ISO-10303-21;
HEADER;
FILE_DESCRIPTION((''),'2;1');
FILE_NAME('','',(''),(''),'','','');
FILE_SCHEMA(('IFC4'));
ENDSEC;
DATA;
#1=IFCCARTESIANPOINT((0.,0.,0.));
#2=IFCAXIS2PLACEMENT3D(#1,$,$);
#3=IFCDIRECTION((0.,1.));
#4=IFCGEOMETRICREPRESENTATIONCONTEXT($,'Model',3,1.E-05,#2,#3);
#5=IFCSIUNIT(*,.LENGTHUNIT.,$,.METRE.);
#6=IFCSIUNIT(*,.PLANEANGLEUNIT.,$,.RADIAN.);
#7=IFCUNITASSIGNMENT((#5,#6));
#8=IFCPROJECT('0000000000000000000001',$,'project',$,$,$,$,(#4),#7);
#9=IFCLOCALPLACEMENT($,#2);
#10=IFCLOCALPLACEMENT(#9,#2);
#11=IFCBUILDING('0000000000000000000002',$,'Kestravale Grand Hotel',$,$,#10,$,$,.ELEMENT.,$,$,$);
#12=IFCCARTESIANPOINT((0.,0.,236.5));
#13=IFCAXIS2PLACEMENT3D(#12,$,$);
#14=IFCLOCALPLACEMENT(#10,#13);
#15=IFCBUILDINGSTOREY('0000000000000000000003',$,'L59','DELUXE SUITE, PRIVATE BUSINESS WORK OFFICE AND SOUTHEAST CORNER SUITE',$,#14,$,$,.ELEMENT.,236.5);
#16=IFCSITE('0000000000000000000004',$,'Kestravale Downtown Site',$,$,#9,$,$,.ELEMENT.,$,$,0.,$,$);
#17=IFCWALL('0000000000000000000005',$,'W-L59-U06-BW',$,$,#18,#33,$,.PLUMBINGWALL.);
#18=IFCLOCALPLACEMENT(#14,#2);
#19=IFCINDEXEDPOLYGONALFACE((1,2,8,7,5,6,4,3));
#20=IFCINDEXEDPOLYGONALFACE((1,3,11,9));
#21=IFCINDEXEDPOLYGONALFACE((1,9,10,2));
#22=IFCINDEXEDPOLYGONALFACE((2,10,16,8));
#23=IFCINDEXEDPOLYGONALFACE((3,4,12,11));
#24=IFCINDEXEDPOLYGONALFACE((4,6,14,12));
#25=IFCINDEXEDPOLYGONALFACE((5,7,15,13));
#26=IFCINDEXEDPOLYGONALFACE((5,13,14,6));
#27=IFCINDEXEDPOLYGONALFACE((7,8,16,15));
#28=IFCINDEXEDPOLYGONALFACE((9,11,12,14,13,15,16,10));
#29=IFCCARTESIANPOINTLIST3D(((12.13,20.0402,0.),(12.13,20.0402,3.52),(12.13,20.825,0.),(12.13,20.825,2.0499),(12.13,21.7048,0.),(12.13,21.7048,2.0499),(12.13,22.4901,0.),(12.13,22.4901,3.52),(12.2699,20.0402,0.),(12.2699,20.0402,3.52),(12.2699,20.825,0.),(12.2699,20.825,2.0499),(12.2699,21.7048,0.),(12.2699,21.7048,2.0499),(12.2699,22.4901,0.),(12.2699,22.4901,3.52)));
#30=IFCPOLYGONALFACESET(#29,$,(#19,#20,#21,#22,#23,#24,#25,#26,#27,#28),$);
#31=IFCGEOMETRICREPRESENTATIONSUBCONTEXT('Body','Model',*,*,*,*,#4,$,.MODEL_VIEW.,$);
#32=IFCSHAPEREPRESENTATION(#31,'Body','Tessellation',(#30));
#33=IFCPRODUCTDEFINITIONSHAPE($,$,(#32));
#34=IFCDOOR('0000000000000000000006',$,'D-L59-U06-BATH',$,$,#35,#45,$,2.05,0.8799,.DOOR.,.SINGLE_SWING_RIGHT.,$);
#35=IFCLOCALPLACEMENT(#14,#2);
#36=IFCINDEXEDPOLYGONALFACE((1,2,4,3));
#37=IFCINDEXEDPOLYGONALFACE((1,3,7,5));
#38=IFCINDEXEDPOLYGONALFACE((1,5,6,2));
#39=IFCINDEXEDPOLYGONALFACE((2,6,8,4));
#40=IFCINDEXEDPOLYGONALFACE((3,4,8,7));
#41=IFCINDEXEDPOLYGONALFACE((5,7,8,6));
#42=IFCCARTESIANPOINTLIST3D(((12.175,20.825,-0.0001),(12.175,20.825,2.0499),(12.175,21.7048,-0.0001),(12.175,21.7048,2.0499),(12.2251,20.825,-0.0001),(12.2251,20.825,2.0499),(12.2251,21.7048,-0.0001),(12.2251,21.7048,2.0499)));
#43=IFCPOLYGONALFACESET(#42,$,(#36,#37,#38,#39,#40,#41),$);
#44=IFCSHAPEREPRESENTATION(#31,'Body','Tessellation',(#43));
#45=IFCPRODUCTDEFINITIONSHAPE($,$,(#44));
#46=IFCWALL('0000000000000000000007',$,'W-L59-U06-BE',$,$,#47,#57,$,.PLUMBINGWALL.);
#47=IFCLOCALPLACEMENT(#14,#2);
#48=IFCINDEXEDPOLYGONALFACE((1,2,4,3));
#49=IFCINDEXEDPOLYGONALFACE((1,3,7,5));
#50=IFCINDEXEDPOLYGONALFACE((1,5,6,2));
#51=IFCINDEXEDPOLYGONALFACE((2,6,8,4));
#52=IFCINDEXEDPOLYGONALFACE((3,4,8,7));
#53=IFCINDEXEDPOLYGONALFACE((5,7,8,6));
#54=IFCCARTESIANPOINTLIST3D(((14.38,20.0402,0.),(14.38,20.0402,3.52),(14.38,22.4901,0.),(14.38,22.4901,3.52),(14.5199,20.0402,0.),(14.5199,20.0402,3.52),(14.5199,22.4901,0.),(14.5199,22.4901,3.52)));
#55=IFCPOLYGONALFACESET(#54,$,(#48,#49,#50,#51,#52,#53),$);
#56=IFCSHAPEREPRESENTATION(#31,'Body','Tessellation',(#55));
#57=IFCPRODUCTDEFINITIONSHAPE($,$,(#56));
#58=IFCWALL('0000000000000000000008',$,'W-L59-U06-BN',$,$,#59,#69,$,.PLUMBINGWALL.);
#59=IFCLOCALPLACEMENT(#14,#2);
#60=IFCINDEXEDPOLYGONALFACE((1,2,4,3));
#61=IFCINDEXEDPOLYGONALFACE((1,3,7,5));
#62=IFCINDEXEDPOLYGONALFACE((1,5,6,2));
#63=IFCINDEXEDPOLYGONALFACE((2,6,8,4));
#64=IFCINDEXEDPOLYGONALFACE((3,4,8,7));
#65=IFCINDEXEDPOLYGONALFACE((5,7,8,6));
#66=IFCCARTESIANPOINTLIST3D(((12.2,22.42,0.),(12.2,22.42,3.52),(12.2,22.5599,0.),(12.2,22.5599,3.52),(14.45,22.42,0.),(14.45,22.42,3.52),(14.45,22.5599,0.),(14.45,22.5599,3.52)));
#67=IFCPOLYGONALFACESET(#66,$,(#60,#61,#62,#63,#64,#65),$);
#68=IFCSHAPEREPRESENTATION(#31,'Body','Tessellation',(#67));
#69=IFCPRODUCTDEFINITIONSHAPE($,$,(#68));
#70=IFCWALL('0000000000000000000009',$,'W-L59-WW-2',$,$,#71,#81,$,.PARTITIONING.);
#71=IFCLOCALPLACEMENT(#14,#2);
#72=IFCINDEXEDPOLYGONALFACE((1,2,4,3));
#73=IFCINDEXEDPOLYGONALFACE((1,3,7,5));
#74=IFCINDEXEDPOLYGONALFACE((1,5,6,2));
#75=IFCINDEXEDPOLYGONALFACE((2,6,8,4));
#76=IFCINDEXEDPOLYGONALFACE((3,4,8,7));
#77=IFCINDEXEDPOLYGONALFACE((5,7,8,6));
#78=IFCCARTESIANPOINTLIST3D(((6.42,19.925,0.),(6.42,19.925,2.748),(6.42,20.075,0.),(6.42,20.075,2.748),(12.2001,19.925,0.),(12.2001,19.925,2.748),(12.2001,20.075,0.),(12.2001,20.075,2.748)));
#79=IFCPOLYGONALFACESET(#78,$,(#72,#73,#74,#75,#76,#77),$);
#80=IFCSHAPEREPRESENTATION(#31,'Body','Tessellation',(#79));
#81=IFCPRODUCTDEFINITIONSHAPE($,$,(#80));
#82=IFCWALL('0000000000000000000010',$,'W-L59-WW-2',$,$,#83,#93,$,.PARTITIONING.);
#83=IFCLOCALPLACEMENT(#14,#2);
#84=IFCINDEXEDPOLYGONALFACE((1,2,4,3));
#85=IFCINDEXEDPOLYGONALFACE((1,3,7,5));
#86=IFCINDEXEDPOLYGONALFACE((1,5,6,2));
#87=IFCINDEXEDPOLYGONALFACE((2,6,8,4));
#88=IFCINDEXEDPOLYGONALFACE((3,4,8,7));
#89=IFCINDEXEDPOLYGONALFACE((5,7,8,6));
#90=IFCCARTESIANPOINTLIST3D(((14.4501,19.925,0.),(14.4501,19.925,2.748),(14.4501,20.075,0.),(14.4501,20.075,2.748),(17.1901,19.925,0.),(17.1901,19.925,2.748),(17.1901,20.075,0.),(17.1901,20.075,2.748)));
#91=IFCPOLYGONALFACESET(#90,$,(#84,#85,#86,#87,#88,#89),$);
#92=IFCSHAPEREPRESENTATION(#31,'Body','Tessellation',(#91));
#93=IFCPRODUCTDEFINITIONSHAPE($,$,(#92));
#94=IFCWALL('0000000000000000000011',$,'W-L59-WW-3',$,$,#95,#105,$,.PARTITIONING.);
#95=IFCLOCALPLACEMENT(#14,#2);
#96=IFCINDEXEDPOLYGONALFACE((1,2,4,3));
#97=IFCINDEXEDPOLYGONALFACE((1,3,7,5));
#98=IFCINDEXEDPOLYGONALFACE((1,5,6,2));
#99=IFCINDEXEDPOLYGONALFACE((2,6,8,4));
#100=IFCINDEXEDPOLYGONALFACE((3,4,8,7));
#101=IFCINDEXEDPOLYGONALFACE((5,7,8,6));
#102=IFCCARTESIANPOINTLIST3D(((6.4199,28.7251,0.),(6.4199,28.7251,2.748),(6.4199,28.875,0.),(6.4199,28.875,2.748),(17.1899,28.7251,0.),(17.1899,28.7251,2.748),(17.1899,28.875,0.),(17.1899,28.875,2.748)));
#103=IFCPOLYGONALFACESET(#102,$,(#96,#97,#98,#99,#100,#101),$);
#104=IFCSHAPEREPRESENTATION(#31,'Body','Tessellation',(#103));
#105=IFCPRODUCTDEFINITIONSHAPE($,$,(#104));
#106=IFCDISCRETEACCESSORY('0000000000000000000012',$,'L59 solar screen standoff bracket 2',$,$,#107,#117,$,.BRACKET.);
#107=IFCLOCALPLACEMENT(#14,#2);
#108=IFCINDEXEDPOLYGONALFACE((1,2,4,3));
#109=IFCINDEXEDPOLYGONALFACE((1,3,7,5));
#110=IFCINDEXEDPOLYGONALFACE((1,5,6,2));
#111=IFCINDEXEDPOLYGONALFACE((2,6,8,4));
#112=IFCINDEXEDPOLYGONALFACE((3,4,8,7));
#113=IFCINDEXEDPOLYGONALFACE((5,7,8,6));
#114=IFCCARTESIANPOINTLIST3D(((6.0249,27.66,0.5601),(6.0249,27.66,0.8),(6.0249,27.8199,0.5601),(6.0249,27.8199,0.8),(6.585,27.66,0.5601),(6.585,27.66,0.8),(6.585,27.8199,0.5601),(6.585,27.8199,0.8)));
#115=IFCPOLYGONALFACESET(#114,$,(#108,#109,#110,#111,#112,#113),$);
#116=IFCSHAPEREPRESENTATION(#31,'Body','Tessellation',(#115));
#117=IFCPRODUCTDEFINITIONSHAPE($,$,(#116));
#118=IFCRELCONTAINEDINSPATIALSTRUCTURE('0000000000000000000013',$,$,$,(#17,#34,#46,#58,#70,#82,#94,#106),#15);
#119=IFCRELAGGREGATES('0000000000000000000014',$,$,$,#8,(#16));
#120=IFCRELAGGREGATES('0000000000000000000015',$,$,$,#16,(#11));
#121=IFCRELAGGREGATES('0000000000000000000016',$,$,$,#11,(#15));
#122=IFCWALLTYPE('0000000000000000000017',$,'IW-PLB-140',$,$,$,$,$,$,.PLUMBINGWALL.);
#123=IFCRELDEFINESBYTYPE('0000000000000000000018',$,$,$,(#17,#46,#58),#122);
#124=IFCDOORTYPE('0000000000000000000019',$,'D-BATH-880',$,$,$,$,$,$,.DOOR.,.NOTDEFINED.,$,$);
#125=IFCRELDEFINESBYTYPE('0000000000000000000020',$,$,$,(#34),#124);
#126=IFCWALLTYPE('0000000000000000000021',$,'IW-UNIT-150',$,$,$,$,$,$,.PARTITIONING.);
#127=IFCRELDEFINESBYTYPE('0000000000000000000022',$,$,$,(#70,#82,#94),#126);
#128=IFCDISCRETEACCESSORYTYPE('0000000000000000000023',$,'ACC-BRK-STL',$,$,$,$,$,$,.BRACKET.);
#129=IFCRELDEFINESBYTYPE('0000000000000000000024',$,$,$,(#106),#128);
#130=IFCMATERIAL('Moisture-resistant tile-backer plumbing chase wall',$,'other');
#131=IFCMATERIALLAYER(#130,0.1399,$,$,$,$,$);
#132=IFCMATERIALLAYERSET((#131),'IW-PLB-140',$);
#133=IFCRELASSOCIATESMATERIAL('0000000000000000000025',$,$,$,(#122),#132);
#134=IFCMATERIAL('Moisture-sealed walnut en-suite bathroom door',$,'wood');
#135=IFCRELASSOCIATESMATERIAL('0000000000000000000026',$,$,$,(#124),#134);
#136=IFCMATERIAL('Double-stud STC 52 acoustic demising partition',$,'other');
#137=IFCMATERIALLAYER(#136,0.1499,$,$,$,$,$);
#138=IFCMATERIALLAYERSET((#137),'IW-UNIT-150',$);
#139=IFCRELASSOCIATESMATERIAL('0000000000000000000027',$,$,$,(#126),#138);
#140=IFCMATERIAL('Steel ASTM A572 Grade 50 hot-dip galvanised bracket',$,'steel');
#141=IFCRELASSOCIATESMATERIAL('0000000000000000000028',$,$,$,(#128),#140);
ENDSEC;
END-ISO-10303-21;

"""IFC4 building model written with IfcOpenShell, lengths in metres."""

from ifc_helpers import new_model, si_unit, direction, frame, frame_2d, origin, origin_2d, place, context, subcontext, project, spatial, rectangle, extrude, material, layer, layer_set, type_object, element, fill, save


model = new_model("IFC4")

# Units and contexts
model_context = context("Model", 3, precision=1e-05, world=origin(), true_north=direction((0.0, 1.0)))
body_context = subcontext(model_context, "Body", "Model", "MODEL_VIEW")
ifc_project = project(units=[si_unit("LENGTHUNIT", "METRE"), si_unit("PLANEANGLEUNIT", "RADIAN")], contexts=[model_context])

# Site, building, storey
site_placement = place(None, origin())
site = spatial("IfcSite", under=ifc_project, at=site_placement, Name="Kestravale Downtown Site", CompositionType="ELEMENT", RefElevation=0.0)
building_placement = place(site_placement, origin())
building = spatial("IfcBuilding", under=site, at=building_placement, Name="Kestravale Grand Hotel", CompositionType="ELEMENT")
storey_placement = place(building_placement, frame((0.0, 0.0, 236.5)))
storey = spatial("IfcBuildingStorey", under=building, at=storey_placement, Name="L59", Description="DELUXE SUITE, PRIVATE BUSINESS WORK OFFICE AND SOUTHEAST CORNER SUITE", CompositionType="ELEMENT", Elevation=236.5)

# Shared definitions
ifc_material_1 = material(Name="Moisture-resistant tile-backer plumbing chase wall", Category="other")
ifc_layer_1 = layer(ifc_material_1, 0.1399)
ifc_layer_set_1 = layer_set([ifc_layer_1], Name="IW-PLB-140")
wall_type_1 = type_object("IfcWallType", Name="IW-PLB-140", PredefinedType="PLUMBINGWALL", material=ifc_layer_set_1)
ifc_material_2 = material(Name="Moisture-sealed walnut en-suite bathroom door", Category="wood")
door_type = type_object("IfcDoorType", Name="D-BATH-880", OperationType="NOTDEFINED", PredefinedType="DOOR", material=ifc_material_2)

# Wall, opening, door
wall_1_placement = place(storey_placement, frame((12.2, 20.04, 0.0), z_axis=(0.0, 0.0, 1.0), x_axis=(0.0, 1.0, 0.0)))
wall_1 = element("IfcWall", 1, at=wall_1_placement, inside=storey, type_object=wall_type_1, Name="W-L59-U06-BW", PredefinedType="PLUMBINGWALL", context=body_context, shape_type="SweptSolid", body=[
    extrude(rectangle(XDim=2.45, YDim=0.1399, at=frame_2d((1.2251, 0.0))), origin(), (0.0, 0.0, 1.0), 3.52),
])
opening_1_placement = place(wall_1_placement, frame((0.7849, 0.0, 0.0)))
opening_1 = element("IfcOpeningElement", 2, at=opening_1_placement, cuts=wall_1, PredefinedType="OPENING", context=body_context, shape_type="SweptSolid", body=[
    extrude(rectangle(XDim=0.8799, YDim=2.05, at=frame_2d((0.4399, 1.0249))), frame((0.0, 0.0798, 0.0), z_axis=(0.0, -1.0, 0.0), x_axis=(1.0, 0.0, 0.0)), (0.0, 0.0, 1.0), 0.1599),
])
door_1_placement = place(opening_1_placement, origin())
door_1 = element("IfcDoor", 3, at=door_1_placement, inside=storey, type_object=door_type, Name="D-L59-U06-BATH", OperationType="SINGLE_SWING_RIGHT", OverallHeight=2.05, OverallWidth=0.8799, PredefinedType="DOOR", context=body_context, shape_type="SweptSolid", body=[
    extrude(rectangle(XDim=0.8799, YDim=2.05, at=frame_2d((0.4399, 1.0249))), frame((0.0, 0.0249, 0.0), z_axis=(0.0, -1.0, 0.0), x_axis=(1.0, 0.0, 0.0)), (0.0, 0.0, 1.0), 0.05),
])
fill(opening_1, door_1)

# Walls
wall_2_placement = place(storey_placement, frame((14.45, 20.04, 0.0), z_axis=(0.0, 0.0, 1.0), x_axis=(0.0, 1.0, 0.0)))
element("IfcWall", 4, at=wall_2_placement, inside=storey, type_object=wall_type_1, Name="W-L59-U06-BE", PredefinedType="PLUMBINGWALL", context=body_context, shape_type="SweptSolid", body=[
    extrude(rectangle(XDim=2.45, YDim=0.1399, at=frame_2d((1.2251, 0.0))), origin(), (0.0, 0.0, 1.0), 3.52),
])
wall_3_placement = place(storey_placement, frame((12.2, 22.49, 0.0), z_axis=(0.0, 0.0, 1.0), x_axis=(1.0, 0.0, 0.0)))
element("IfcWall", 5, at=wall_3_placement, inside=storey, type_object=wall_type_1, Name="W-L59-U06-BN", PredefinedType="PLUMBINGWALL", context=body_context, shape_type="SweptSolid", body=[
    extrude(rectangle(XDim=2.25, YDim=0.1399, at=frame_2d((1.125, 0.0))), origin(), (0.0, 0.0, 1.0), 3.52),
])
ifc_material_3 = material(Name="Double-stud STC 52 acoustic demising partition", Category="other")
ifc_layer_2 = layer(ifc_material_3, 0.1499)
ifc_layer_set_2 = layer_set([ifc_layer_2], Name="IW-UNIT-150")
wall_type_2 = type_object("IfcWallType", Name="IW-UNIT-150", PredefinedType="PARTITIONING", material=ifc_layer_set_2)
wall_4_placement = place(storey_placement, frame((6.4199, 20.0, 0.0), z_axis=(0.0, 0.0, 1.0), x_axis=(1.0, 0.0, 0.0)))
element("IfcWall", 6, at=wall_4_placement, inside=storey, type_object=wall_type_2, Name="W-L59-WW-2", PredefinedType="PARTITIONING", context=body_context, shape_type="SweptSolid", body=[
    extrude(rectangle(XDim=5.78, YDim=0.1499, at=frame_2d((2.8901, 0.0))), origin(), (0.0, 0.0, 1.0), 2.748),
])
wall_5_placement = place(storey_placement, frame((14.45, 20.0, 0.0), z_axis=(0.0, 0.0, 1.0), x_axis=(1.0, 0.0, 0.0)))
element("IfcWall", 7, at=wall_5_placement, inside=storey, type_object=wall_type_2, Name="W-L59-WW-2", PredefinedType="PARTITIONING", context=body_context, shape_type="SweptSolid", body=[
    extrude(rectangle(XDim=2.74, YDim=0.1499, at=frame_2d((1.3701, 0.0))), origin(), (0.0, 0.0, 1.0), 2.748),
])
wall_6_placement = place(storey_placement, frame((6.4199, 28.8, 0.0), z_axis=(0.0, 0.0, 1.0), x_axis=(1.0, 0.0, 0.0)))
element("IfcWall", 8, at=wall_6_placement, inside=storey, type_object=wall_type_2, Name="W-L59-WW-3", PredefinedType="PARTITIONING", context=body_context, shape_type="SweptSolid", body=[
    extrude(rectangle(XDim=10.77, YDim=0.1499, at=frame_2d((5.385, 0.0))), origin(), (0.0, 0.0, 1.0), 2.748),
])

# Discrete accessory
ifc_material_4 = material(Name="Steel ASTM A572 Grade 50 hot-dip galvanised bracket", Category="steel")
discrete_accessory_type = type_object("IfcDiscreteAccessoryType", Name="ACC-BRK-STL", PredefinedType="BRACKET", material=ifc_material_4)
discrete_accessory_placement = place(storey_placement, frame((6.3049, 27.74, 0.5601), z_axis=(0.0, 0.0, 1.0), x_axis=(0.0, -1.0, 0.0)))
element("IfcDiscreteAccessory", 9, at=discrete_accessory_placement, inside=storey, type_object=discrete_accessory_type, Name="L59 solar screen standoff bracket 2", PredefinedType="BRACKET", context=body_context, shape_type="SweptSolid", body=[
    extrude(rectangle(XDim=0.1599, YDim=0.5601, at=origin_2d()), origin(), (0.0, 0.0, 1.0), 0.24),
])

save(model, "model.ifc")
